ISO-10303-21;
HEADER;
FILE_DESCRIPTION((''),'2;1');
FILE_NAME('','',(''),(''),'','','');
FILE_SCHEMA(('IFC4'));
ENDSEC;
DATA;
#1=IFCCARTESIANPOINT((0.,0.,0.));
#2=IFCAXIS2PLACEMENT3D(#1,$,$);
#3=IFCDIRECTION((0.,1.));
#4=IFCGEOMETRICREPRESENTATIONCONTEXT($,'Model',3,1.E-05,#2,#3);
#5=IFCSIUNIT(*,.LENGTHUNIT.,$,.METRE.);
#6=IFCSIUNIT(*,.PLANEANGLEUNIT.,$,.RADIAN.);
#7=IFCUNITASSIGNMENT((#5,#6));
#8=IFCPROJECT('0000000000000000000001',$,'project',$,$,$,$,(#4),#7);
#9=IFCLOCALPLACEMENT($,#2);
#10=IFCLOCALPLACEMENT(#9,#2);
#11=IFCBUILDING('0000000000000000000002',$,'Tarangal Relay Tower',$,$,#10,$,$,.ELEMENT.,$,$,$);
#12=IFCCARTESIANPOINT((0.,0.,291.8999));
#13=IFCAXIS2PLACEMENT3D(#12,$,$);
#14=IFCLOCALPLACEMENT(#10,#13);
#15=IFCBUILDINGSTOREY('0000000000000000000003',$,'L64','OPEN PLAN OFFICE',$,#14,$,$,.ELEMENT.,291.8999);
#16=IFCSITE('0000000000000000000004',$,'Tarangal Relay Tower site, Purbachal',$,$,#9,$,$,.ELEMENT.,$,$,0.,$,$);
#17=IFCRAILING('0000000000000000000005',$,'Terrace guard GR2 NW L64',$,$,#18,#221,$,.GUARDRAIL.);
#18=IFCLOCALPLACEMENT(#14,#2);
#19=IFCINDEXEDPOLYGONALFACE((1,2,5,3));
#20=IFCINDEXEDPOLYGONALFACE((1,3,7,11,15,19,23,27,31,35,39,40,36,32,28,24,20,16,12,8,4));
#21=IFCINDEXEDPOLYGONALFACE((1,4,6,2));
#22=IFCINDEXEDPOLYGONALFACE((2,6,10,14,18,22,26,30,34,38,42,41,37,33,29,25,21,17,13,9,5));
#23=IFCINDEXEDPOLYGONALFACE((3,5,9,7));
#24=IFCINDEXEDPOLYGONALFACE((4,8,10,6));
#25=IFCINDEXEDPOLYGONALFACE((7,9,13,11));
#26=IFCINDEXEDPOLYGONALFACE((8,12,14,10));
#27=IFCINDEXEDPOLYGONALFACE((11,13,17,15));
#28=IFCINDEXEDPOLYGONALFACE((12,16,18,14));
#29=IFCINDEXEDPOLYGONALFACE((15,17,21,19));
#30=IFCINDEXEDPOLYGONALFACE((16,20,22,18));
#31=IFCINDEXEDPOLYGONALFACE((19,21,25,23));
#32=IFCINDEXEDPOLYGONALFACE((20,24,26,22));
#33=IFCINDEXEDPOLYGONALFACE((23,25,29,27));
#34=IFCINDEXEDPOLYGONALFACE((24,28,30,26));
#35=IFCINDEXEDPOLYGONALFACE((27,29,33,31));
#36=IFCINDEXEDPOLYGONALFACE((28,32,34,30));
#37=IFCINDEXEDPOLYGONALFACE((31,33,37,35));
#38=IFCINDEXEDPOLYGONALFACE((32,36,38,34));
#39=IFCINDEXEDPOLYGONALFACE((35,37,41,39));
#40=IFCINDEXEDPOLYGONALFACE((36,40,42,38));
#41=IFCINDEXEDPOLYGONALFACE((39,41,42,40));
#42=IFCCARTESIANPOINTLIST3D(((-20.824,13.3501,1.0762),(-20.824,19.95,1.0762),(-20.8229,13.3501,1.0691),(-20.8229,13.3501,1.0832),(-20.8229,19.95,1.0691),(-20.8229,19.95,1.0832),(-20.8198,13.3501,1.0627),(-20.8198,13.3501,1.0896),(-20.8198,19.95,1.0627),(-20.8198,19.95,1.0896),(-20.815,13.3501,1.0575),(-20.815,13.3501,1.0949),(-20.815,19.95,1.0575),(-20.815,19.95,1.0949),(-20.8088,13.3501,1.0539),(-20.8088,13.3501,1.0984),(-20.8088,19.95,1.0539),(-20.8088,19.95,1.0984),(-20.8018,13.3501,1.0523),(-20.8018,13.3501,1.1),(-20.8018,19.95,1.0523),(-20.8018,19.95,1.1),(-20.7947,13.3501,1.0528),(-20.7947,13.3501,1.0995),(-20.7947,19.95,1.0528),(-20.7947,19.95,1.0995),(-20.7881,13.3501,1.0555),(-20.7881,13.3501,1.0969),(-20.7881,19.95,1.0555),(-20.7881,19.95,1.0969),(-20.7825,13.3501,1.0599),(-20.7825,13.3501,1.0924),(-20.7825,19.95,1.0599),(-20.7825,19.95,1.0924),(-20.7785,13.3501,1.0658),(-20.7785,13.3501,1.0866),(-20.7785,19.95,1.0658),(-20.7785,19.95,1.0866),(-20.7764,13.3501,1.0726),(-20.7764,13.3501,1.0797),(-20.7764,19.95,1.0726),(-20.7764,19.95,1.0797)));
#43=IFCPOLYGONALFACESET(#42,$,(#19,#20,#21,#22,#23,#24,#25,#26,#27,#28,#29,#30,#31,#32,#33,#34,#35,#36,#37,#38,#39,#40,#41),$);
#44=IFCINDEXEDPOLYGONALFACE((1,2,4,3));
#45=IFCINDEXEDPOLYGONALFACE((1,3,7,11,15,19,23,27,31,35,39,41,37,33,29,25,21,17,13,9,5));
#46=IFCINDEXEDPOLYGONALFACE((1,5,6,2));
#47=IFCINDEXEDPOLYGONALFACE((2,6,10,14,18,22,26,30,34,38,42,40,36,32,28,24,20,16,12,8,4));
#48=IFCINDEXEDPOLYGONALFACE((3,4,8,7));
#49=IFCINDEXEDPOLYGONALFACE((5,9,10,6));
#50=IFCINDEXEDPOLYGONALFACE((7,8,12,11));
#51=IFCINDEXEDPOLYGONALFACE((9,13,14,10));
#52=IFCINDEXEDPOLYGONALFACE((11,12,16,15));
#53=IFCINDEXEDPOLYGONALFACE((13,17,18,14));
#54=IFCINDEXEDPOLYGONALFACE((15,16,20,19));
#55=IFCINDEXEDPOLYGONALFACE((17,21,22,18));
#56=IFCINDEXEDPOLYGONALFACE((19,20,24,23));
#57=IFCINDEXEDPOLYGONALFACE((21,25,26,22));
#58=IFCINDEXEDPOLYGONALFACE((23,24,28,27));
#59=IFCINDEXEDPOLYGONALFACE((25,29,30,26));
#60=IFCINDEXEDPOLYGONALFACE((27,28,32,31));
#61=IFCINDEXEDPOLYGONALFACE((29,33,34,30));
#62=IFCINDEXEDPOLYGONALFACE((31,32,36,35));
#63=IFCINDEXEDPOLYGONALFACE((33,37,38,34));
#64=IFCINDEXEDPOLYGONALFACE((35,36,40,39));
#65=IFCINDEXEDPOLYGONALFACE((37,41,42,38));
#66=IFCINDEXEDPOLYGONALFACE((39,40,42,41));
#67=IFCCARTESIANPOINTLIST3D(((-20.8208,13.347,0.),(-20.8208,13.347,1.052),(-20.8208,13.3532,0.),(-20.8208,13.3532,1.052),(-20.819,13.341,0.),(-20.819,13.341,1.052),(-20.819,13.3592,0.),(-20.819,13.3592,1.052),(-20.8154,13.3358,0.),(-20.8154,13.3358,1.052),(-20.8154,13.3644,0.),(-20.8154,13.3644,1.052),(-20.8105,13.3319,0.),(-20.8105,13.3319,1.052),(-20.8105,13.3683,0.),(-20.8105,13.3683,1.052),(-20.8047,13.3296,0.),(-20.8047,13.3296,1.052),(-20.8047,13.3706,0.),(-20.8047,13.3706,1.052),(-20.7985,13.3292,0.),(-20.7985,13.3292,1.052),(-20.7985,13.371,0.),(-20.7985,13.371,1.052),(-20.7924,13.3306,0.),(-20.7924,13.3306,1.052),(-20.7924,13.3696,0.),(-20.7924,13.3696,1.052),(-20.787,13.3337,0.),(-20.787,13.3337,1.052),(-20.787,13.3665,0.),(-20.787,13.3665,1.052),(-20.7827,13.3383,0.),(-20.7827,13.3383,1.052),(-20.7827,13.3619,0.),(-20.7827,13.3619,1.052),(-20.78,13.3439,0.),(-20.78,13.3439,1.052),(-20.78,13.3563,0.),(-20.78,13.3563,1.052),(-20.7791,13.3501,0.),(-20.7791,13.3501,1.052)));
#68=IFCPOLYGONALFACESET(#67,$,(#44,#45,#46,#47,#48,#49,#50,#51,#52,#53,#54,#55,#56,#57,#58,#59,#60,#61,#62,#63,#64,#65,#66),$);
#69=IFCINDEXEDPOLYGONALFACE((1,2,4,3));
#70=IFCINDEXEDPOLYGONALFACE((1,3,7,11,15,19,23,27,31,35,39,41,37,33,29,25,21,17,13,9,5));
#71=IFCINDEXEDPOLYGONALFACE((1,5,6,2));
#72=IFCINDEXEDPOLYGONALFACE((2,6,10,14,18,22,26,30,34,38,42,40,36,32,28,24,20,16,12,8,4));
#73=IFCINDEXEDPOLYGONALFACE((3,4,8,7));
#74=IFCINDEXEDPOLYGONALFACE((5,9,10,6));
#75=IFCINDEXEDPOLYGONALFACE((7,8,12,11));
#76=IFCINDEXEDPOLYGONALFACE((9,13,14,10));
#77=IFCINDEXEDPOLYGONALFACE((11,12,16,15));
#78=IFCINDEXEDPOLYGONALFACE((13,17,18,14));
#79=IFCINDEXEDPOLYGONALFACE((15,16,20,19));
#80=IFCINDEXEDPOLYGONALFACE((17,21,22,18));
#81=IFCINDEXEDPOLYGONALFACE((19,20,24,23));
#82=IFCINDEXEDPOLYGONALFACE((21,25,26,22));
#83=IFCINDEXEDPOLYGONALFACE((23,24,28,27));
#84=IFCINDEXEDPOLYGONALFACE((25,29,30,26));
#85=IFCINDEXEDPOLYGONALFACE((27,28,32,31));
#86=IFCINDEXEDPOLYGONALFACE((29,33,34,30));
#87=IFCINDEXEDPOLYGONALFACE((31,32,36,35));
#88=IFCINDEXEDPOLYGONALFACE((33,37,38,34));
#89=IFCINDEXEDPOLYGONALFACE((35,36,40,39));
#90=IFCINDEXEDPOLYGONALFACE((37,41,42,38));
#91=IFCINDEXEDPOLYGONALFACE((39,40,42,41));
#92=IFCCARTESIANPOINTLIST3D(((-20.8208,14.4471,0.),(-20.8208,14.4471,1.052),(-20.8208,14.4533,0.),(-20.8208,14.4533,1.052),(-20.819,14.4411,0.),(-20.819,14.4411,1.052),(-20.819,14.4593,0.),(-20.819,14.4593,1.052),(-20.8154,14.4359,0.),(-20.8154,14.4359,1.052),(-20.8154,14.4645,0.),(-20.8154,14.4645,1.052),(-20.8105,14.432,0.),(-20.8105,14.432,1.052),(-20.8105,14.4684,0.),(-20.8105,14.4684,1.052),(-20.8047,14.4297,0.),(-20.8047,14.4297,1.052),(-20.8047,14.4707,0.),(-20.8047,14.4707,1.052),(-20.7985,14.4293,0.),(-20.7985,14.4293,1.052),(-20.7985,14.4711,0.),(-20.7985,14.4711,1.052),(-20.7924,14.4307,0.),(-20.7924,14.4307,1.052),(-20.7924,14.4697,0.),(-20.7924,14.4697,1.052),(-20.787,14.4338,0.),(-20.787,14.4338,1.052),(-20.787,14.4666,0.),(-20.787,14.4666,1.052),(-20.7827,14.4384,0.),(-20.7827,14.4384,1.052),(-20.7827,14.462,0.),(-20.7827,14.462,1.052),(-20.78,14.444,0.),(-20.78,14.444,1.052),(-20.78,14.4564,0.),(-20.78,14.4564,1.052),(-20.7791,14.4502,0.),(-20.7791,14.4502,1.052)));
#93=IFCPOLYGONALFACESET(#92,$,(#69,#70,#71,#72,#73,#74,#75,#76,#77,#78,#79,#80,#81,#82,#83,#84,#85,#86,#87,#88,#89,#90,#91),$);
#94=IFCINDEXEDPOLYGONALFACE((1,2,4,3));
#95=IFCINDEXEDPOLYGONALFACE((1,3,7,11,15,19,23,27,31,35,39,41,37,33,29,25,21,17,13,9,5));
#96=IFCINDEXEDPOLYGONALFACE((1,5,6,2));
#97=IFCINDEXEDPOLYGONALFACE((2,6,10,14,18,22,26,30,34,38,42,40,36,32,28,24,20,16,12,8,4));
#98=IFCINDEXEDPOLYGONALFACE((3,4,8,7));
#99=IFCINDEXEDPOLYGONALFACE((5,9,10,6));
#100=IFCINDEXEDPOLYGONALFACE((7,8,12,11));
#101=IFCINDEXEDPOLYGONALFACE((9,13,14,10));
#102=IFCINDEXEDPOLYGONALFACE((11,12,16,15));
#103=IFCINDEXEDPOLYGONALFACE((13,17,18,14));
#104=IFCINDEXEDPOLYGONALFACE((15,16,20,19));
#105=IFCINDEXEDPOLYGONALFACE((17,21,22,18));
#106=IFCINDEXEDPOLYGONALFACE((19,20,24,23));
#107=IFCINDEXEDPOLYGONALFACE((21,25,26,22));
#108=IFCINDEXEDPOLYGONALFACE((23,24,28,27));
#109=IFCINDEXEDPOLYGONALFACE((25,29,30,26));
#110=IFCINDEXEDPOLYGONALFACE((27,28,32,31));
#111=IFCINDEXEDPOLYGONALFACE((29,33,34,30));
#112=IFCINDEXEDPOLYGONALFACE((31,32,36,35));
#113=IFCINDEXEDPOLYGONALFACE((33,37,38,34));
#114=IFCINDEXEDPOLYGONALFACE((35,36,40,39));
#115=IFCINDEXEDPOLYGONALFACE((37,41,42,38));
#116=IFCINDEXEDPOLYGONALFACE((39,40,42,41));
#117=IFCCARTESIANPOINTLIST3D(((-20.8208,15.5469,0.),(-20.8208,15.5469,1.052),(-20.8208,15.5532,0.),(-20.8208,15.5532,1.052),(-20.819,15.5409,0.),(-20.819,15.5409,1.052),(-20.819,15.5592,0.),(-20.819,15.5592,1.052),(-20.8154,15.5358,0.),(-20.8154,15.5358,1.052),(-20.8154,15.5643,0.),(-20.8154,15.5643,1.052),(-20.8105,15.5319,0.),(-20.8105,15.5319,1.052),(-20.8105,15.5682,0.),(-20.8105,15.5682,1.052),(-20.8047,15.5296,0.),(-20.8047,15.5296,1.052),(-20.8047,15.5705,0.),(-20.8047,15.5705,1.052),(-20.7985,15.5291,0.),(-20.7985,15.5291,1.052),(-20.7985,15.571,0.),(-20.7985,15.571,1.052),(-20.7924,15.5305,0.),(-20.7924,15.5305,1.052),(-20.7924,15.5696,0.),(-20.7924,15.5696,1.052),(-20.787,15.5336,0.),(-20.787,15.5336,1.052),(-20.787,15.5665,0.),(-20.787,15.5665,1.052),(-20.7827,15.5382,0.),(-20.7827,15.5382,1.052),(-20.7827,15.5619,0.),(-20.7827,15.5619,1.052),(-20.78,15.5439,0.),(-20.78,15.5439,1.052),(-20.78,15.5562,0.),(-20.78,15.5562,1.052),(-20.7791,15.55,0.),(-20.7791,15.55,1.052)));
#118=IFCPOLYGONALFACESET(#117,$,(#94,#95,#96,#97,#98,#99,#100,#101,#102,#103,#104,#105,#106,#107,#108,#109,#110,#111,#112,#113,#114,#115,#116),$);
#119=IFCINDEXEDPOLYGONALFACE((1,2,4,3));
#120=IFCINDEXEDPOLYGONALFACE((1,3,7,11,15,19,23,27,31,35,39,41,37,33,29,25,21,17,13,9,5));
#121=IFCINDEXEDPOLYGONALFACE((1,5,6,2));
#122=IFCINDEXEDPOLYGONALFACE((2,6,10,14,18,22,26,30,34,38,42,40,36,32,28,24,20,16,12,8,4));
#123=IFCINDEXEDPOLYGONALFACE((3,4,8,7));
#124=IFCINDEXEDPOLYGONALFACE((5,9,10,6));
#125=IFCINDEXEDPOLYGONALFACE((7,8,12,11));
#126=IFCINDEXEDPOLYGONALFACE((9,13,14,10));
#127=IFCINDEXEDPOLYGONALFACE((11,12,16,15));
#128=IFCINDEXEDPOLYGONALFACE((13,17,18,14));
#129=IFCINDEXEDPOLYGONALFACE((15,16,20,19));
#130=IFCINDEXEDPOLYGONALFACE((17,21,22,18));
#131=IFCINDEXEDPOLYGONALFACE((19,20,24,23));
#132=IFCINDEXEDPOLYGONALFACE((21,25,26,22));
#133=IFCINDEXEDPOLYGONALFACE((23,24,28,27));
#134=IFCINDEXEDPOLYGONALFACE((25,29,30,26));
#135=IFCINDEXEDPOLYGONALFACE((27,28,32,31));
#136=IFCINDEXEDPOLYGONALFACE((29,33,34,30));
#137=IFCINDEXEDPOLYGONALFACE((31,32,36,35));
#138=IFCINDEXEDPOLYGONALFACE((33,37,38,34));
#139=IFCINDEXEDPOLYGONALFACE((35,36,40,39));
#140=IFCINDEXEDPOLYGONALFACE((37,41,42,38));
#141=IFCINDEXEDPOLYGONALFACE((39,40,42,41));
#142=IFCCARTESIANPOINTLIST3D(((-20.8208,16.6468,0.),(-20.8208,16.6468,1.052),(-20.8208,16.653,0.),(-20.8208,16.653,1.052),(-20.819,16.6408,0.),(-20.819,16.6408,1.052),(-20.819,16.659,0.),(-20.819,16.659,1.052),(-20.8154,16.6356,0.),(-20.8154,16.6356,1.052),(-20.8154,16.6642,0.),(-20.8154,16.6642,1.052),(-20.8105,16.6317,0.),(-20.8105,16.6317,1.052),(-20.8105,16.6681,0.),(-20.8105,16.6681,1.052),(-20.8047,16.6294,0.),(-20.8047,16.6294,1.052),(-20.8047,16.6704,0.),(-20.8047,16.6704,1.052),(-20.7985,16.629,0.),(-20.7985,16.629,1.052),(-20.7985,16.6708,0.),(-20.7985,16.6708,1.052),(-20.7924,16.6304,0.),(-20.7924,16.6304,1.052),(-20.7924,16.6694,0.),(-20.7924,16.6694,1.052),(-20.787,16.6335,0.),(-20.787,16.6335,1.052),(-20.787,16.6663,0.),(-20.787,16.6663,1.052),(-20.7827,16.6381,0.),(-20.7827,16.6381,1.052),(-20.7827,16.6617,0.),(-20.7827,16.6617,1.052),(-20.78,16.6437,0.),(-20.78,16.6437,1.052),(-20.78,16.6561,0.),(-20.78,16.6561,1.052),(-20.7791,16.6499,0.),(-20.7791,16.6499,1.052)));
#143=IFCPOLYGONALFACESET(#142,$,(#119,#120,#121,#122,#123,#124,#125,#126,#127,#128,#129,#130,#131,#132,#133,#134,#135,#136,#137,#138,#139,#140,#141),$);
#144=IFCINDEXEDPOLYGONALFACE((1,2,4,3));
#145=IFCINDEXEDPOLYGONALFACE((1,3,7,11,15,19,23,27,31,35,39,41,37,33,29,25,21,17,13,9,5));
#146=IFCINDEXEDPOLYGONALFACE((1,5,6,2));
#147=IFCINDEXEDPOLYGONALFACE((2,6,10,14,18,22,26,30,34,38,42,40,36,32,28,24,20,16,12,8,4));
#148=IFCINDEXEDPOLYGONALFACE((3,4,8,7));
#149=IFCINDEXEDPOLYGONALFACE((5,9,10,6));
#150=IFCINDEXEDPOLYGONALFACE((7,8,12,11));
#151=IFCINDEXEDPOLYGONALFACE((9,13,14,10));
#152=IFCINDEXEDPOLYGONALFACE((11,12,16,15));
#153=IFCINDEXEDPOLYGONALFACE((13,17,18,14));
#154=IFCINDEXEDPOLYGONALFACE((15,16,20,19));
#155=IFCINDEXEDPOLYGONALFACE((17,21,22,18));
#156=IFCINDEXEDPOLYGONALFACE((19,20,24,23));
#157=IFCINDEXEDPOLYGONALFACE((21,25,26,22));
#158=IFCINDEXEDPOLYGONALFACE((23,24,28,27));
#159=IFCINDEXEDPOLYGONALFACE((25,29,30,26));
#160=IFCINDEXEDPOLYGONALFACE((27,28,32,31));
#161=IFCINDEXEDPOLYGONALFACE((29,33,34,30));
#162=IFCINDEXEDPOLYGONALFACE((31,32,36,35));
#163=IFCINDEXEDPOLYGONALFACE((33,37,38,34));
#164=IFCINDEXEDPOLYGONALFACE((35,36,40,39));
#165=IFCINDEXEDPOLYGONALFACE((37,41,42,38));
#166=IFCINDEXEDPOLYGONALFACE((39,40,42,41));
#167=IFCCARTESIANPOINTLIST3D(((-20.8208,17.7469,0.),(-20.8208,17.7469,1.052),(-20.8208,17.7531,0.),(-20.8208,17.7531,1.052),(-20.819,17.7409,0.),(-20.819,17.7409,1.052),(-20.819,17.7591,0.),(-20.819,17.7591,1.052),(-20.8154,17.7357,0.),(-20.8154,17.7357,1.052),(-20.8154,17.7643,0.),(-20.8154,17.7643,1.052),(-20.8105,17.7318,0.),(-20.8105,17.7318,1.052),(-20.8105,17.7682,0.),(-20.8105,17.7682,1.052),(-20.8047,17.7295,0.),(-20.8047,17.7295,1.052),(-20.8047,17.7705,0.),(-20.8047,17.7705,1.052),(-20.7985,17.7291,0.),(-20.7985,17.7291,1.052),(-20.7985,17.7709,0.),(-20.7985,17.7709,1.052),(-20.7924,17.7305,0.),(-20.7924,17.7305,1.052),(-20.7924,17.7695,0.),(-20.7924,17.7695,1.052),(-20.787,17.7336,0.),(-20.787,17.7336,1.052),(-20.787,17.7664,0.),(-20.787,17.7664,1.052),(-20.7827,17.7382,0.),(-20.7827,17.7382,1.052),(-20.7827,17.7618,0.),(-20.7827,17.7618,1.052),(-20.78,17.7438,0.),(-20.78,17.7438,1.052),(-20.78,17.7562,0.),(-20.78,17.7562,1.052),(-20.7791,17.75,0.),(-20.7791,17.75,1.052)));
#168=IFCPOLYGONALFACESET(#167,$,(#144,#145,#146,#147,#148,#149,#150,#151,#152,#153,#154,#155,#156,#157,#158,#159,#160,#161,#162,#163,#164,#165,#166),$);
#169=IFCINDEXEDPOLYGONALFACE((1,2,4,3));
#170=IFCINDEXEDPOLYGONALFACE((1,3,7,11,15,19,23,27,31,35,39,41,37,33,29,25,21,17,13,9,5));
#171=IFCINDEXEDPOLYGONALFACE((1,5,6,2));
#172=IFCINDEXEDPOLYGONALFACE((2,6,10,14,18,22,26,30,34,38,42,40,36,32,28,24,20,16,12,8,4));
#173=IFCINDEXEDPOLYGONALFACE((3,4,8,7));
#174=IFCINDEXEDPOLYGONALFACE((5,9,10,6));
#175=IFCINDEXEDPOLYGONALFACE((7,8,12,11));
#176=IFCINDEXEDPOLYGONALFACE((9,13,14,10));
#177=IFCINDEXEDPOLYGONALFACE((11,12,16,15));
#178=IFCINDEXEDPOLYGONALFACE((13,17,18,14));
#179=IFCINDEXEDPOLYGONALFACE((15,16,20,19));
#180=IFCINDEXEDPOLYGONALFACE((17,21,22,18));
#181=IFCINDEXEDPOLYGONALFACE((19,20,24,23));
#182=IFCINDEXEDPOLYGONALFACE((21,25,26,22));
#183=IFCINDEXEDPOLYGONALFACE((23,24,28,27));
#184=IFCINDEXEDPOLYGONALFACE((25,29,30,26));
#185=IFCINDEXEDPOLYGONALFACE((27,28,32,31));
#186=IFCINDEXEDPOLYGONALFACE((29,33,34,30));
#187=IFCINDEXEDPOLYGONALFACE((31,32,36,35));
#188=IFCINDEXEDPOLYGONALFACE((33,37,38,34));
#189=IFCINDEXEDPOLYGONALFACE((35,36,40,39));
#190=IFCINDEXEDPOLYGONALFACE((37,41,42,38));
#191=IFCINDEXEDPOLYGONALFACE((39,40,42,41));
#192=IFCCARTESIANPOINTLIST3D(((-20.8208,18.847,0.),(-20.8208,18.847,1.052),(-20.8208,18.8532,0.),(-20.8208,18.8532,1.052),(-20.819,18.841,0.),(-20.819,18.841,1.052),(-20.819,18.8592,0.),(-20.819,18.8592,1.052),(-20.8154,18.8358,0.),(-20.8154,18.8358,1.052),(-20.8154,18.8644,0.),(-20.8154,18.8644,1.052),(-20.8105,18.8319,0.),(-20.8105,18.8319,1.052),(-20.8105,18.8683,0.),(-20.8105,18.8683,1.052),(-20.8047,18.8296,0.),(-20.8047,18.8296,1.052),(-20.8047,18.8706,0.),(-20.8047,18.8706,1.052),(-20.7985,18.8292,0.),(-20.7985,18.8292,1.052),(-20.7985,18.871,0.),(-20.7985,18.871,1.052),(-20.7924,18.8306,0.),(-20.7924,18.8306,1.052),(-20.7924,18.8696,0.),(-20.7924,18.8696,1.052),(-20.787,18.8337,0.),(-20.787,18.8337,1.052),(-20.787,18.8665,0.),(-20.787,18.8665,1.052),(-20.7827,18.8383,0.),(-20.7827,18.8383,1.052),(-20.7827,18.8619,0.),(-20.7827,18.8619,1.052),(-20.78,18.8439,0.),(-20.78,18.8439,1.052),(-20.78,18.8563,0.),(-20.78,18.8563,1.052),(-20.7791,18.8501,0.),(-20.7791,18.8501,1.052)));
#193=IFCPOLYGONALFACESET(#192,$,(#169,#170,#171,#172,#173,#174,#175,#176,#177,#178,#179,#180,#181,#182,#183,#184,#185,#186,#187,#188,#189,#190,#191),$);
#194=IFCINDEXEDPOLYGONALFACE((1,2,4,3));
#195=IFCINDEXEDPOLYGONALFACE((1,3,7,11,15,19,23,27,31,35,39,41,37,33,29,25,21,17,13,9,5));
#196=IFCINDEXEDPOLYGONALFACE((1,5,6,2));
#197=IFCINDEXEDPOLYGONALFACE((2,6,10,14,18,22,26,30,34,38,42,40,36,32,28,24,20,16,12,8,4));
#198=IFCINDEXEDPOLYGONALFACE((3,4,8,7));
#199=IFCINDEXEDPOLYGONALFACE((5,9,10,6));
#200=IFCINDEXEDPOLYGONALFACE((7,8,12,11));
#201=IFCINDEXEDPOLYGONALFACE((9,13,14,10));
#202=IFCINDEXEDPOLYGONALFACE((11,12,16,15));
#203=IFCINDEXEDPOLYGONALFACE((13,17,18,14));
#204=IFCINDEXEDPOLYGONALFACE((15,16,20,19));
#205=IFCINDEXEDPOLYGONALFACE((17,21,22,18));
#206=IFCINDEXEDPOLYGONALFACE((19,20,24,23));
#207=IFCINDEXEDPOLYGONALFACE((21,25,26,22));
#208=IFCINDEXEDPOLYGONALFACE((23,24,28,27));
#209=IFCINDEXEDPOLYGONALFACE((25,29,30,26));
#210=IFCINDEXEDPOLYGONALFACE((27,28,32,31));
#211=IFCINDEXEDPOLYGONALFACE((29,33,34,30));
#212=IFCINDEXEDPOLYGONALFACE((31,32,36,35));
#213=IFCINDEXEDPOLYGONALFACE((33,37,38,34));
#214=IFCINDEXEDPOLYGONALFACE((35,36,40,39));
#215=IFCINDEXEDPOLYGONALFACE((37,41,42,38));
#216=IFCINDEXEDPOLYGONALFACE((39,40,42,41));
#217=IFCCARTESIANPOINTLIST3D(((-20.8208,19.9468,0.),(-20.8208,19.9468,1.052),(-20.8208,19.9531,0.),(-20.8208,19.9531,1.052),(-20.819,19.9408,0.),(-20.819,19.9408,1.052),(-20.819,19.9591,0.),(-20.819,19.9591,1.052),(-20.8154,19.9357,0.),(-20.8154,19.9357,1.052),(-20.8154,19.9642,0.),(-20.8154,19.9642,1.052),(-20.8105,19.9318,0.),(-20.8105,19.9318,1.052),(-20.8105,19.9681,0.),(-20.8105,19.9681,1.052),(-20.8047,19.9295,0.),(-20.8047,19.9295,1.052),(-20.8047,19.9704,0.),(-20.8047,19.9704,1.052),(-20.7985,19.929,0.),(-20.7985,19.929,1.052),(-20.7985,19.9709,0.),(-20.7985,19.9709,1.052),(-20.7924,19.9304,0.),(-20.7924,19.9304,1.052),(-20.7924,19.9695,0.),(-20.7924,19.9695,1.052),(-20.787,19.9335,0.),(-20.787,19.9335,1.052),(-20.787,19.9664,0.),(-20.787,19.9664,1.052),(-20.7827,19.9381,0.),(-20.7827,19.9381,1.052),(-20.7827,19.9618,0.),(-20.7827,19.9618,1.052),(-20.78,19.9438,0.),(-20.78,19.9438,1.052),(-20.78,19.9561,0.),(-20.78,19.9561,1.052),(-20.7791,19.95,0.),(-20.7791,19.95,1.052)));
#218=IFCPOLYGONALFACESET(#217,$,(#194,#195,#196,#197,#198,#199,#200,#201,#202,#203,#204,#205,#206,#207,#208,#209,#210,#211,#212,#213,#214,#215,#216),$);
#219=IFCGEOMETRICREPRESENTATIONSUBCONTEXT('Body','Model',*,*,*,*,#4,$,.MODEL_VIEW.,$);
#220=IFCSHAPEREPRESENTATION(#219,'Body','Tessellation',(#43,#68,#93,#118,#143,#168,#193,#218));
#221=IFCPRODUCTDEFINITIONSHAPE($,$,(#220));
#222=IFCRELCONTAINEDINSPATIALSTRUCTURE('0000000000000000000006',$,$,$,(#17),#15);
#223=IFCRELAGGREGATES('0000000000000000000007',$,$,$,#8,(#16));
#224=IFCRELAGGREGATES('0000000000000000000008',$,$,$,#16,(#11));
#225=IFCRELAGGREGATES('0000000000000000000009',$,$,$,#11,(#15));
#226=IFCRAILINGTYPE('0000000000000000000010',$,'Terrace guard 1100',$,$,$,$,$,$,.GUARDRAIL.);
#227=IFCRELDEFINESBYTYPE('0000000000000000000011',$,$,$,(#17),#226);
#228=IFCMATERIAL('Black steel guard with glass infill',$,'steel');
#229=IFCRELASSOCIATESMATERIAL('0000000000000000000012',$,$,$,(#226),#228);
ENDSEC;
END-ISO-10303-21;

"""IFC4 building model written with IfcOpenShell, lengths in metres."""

from ifc_helpers import new_model, si_unit, direction, frame, origin, origin_2d, place, context, subcontext, project, spatial, circle, extrude, material, type_object, element, save


model = new_model("IFC4")

# Units and contexts
model_context = context("Model", 3, precision=1e-05, world=origin(), true_north=direction((0.0, 1.0)))
body_context = subcontext(model_context, "Body", "Model", "MODEL_VIEW")
ifc_project = project(units=[si_unit("LENGTHUNIT", "METRE"), si_unit("PLANEANGLEUNIT", "RADIAN")], contexts=[model_context])

# Site, building, storey
site_placement = place(None, origin())
site = spatial("IfcSite", under=ifc_project, at=site_placement, Name="Tarangal Relay Tower site, Purbachal", CompositionType="ELEMENT", RefElevation=0.0)
building_placement = place(site_placement, origin())
building = spatial("IfcBuilding", under=site, at=building_placement, Name="Tarangal Relay Tower", CompositionType="ELEMENT")
storey_placement = place(building_placement, frame((0.0, 0.0, 291.8999)))
storey = spatial("IfcBuildingStorey", under=building, at=storey_placement, Name="L64", Description="OPEN PLAN OFFICE", CompositionType="ELEMENT", Elevation=291.8999)

# Railing
ifc_material_1 = material(Name="Black steel guard with glass infill", Category="steel")
railing_type = type_object("IfcRailingType", Name="Terrace guard 1100", PredefinedType="GUARDRAIL", material=ifc_material_1)
railing_1_placement = place(storey_placement, frame((-20.8, 13.3501, 0.0)))
element("IfcRailing", 1, at=railing_1_placement, inside=storey, type_object=railing_type, Name="Terrace guard GR2 NW L64", PredefinedType="GUARDRAIL", context=body_context, shape_type="SweptSolid", body=[
    extrude(circle(Radius=0.0239, at=origin_2d()), frame((0.0, 0.0, 1.0762), z_axis=(0.0, 1.0, 0.0), x_axis=(-1.0, 0.0, 0.0)), (0.0, 0.0, 1.0), 6.5999),
    extrude(circle(Radius=0.021, at=origin_2d()), origin(), (0.0, 0.0, 1.0), 1.052),
    extrude(circle(Radius=0.021, at=origin_2d()), frame((0.0, 1.1001, 0.0)), (0.0, 0.0, 1.0), 1.052),
    extrude(circle(Radius=0.021, at=origin_2d()), frame((0.0, 2.2, 0.0)), (0.0, 0.0, 1.0), 1.052),
    extrude(circle(Radius=0.021, at=origin_2d()), frame((0.0, 3.2998, 0.0)), (0.0, 0.0, 1.0), 1.052),
    extrude(circle(Radius=0.021, at=origin_2d()), frame((0.0, 4.3999, 0.0)), (0.0, 0.0, 1.0), 1.052),
    extrude(circle(Radius=0.021, at=origin_2d()), frame((0.0, 5.5, 0.0)), (0.0, 0.0, 1.0), 1.052),
    extrude(circle(Radius=0.021, at=origin_2d()), frame((0.0, 6.5999, 0.0)), (0.0, 0.0, 1.0), 1.052),
])

save(model, "model.ifc")
